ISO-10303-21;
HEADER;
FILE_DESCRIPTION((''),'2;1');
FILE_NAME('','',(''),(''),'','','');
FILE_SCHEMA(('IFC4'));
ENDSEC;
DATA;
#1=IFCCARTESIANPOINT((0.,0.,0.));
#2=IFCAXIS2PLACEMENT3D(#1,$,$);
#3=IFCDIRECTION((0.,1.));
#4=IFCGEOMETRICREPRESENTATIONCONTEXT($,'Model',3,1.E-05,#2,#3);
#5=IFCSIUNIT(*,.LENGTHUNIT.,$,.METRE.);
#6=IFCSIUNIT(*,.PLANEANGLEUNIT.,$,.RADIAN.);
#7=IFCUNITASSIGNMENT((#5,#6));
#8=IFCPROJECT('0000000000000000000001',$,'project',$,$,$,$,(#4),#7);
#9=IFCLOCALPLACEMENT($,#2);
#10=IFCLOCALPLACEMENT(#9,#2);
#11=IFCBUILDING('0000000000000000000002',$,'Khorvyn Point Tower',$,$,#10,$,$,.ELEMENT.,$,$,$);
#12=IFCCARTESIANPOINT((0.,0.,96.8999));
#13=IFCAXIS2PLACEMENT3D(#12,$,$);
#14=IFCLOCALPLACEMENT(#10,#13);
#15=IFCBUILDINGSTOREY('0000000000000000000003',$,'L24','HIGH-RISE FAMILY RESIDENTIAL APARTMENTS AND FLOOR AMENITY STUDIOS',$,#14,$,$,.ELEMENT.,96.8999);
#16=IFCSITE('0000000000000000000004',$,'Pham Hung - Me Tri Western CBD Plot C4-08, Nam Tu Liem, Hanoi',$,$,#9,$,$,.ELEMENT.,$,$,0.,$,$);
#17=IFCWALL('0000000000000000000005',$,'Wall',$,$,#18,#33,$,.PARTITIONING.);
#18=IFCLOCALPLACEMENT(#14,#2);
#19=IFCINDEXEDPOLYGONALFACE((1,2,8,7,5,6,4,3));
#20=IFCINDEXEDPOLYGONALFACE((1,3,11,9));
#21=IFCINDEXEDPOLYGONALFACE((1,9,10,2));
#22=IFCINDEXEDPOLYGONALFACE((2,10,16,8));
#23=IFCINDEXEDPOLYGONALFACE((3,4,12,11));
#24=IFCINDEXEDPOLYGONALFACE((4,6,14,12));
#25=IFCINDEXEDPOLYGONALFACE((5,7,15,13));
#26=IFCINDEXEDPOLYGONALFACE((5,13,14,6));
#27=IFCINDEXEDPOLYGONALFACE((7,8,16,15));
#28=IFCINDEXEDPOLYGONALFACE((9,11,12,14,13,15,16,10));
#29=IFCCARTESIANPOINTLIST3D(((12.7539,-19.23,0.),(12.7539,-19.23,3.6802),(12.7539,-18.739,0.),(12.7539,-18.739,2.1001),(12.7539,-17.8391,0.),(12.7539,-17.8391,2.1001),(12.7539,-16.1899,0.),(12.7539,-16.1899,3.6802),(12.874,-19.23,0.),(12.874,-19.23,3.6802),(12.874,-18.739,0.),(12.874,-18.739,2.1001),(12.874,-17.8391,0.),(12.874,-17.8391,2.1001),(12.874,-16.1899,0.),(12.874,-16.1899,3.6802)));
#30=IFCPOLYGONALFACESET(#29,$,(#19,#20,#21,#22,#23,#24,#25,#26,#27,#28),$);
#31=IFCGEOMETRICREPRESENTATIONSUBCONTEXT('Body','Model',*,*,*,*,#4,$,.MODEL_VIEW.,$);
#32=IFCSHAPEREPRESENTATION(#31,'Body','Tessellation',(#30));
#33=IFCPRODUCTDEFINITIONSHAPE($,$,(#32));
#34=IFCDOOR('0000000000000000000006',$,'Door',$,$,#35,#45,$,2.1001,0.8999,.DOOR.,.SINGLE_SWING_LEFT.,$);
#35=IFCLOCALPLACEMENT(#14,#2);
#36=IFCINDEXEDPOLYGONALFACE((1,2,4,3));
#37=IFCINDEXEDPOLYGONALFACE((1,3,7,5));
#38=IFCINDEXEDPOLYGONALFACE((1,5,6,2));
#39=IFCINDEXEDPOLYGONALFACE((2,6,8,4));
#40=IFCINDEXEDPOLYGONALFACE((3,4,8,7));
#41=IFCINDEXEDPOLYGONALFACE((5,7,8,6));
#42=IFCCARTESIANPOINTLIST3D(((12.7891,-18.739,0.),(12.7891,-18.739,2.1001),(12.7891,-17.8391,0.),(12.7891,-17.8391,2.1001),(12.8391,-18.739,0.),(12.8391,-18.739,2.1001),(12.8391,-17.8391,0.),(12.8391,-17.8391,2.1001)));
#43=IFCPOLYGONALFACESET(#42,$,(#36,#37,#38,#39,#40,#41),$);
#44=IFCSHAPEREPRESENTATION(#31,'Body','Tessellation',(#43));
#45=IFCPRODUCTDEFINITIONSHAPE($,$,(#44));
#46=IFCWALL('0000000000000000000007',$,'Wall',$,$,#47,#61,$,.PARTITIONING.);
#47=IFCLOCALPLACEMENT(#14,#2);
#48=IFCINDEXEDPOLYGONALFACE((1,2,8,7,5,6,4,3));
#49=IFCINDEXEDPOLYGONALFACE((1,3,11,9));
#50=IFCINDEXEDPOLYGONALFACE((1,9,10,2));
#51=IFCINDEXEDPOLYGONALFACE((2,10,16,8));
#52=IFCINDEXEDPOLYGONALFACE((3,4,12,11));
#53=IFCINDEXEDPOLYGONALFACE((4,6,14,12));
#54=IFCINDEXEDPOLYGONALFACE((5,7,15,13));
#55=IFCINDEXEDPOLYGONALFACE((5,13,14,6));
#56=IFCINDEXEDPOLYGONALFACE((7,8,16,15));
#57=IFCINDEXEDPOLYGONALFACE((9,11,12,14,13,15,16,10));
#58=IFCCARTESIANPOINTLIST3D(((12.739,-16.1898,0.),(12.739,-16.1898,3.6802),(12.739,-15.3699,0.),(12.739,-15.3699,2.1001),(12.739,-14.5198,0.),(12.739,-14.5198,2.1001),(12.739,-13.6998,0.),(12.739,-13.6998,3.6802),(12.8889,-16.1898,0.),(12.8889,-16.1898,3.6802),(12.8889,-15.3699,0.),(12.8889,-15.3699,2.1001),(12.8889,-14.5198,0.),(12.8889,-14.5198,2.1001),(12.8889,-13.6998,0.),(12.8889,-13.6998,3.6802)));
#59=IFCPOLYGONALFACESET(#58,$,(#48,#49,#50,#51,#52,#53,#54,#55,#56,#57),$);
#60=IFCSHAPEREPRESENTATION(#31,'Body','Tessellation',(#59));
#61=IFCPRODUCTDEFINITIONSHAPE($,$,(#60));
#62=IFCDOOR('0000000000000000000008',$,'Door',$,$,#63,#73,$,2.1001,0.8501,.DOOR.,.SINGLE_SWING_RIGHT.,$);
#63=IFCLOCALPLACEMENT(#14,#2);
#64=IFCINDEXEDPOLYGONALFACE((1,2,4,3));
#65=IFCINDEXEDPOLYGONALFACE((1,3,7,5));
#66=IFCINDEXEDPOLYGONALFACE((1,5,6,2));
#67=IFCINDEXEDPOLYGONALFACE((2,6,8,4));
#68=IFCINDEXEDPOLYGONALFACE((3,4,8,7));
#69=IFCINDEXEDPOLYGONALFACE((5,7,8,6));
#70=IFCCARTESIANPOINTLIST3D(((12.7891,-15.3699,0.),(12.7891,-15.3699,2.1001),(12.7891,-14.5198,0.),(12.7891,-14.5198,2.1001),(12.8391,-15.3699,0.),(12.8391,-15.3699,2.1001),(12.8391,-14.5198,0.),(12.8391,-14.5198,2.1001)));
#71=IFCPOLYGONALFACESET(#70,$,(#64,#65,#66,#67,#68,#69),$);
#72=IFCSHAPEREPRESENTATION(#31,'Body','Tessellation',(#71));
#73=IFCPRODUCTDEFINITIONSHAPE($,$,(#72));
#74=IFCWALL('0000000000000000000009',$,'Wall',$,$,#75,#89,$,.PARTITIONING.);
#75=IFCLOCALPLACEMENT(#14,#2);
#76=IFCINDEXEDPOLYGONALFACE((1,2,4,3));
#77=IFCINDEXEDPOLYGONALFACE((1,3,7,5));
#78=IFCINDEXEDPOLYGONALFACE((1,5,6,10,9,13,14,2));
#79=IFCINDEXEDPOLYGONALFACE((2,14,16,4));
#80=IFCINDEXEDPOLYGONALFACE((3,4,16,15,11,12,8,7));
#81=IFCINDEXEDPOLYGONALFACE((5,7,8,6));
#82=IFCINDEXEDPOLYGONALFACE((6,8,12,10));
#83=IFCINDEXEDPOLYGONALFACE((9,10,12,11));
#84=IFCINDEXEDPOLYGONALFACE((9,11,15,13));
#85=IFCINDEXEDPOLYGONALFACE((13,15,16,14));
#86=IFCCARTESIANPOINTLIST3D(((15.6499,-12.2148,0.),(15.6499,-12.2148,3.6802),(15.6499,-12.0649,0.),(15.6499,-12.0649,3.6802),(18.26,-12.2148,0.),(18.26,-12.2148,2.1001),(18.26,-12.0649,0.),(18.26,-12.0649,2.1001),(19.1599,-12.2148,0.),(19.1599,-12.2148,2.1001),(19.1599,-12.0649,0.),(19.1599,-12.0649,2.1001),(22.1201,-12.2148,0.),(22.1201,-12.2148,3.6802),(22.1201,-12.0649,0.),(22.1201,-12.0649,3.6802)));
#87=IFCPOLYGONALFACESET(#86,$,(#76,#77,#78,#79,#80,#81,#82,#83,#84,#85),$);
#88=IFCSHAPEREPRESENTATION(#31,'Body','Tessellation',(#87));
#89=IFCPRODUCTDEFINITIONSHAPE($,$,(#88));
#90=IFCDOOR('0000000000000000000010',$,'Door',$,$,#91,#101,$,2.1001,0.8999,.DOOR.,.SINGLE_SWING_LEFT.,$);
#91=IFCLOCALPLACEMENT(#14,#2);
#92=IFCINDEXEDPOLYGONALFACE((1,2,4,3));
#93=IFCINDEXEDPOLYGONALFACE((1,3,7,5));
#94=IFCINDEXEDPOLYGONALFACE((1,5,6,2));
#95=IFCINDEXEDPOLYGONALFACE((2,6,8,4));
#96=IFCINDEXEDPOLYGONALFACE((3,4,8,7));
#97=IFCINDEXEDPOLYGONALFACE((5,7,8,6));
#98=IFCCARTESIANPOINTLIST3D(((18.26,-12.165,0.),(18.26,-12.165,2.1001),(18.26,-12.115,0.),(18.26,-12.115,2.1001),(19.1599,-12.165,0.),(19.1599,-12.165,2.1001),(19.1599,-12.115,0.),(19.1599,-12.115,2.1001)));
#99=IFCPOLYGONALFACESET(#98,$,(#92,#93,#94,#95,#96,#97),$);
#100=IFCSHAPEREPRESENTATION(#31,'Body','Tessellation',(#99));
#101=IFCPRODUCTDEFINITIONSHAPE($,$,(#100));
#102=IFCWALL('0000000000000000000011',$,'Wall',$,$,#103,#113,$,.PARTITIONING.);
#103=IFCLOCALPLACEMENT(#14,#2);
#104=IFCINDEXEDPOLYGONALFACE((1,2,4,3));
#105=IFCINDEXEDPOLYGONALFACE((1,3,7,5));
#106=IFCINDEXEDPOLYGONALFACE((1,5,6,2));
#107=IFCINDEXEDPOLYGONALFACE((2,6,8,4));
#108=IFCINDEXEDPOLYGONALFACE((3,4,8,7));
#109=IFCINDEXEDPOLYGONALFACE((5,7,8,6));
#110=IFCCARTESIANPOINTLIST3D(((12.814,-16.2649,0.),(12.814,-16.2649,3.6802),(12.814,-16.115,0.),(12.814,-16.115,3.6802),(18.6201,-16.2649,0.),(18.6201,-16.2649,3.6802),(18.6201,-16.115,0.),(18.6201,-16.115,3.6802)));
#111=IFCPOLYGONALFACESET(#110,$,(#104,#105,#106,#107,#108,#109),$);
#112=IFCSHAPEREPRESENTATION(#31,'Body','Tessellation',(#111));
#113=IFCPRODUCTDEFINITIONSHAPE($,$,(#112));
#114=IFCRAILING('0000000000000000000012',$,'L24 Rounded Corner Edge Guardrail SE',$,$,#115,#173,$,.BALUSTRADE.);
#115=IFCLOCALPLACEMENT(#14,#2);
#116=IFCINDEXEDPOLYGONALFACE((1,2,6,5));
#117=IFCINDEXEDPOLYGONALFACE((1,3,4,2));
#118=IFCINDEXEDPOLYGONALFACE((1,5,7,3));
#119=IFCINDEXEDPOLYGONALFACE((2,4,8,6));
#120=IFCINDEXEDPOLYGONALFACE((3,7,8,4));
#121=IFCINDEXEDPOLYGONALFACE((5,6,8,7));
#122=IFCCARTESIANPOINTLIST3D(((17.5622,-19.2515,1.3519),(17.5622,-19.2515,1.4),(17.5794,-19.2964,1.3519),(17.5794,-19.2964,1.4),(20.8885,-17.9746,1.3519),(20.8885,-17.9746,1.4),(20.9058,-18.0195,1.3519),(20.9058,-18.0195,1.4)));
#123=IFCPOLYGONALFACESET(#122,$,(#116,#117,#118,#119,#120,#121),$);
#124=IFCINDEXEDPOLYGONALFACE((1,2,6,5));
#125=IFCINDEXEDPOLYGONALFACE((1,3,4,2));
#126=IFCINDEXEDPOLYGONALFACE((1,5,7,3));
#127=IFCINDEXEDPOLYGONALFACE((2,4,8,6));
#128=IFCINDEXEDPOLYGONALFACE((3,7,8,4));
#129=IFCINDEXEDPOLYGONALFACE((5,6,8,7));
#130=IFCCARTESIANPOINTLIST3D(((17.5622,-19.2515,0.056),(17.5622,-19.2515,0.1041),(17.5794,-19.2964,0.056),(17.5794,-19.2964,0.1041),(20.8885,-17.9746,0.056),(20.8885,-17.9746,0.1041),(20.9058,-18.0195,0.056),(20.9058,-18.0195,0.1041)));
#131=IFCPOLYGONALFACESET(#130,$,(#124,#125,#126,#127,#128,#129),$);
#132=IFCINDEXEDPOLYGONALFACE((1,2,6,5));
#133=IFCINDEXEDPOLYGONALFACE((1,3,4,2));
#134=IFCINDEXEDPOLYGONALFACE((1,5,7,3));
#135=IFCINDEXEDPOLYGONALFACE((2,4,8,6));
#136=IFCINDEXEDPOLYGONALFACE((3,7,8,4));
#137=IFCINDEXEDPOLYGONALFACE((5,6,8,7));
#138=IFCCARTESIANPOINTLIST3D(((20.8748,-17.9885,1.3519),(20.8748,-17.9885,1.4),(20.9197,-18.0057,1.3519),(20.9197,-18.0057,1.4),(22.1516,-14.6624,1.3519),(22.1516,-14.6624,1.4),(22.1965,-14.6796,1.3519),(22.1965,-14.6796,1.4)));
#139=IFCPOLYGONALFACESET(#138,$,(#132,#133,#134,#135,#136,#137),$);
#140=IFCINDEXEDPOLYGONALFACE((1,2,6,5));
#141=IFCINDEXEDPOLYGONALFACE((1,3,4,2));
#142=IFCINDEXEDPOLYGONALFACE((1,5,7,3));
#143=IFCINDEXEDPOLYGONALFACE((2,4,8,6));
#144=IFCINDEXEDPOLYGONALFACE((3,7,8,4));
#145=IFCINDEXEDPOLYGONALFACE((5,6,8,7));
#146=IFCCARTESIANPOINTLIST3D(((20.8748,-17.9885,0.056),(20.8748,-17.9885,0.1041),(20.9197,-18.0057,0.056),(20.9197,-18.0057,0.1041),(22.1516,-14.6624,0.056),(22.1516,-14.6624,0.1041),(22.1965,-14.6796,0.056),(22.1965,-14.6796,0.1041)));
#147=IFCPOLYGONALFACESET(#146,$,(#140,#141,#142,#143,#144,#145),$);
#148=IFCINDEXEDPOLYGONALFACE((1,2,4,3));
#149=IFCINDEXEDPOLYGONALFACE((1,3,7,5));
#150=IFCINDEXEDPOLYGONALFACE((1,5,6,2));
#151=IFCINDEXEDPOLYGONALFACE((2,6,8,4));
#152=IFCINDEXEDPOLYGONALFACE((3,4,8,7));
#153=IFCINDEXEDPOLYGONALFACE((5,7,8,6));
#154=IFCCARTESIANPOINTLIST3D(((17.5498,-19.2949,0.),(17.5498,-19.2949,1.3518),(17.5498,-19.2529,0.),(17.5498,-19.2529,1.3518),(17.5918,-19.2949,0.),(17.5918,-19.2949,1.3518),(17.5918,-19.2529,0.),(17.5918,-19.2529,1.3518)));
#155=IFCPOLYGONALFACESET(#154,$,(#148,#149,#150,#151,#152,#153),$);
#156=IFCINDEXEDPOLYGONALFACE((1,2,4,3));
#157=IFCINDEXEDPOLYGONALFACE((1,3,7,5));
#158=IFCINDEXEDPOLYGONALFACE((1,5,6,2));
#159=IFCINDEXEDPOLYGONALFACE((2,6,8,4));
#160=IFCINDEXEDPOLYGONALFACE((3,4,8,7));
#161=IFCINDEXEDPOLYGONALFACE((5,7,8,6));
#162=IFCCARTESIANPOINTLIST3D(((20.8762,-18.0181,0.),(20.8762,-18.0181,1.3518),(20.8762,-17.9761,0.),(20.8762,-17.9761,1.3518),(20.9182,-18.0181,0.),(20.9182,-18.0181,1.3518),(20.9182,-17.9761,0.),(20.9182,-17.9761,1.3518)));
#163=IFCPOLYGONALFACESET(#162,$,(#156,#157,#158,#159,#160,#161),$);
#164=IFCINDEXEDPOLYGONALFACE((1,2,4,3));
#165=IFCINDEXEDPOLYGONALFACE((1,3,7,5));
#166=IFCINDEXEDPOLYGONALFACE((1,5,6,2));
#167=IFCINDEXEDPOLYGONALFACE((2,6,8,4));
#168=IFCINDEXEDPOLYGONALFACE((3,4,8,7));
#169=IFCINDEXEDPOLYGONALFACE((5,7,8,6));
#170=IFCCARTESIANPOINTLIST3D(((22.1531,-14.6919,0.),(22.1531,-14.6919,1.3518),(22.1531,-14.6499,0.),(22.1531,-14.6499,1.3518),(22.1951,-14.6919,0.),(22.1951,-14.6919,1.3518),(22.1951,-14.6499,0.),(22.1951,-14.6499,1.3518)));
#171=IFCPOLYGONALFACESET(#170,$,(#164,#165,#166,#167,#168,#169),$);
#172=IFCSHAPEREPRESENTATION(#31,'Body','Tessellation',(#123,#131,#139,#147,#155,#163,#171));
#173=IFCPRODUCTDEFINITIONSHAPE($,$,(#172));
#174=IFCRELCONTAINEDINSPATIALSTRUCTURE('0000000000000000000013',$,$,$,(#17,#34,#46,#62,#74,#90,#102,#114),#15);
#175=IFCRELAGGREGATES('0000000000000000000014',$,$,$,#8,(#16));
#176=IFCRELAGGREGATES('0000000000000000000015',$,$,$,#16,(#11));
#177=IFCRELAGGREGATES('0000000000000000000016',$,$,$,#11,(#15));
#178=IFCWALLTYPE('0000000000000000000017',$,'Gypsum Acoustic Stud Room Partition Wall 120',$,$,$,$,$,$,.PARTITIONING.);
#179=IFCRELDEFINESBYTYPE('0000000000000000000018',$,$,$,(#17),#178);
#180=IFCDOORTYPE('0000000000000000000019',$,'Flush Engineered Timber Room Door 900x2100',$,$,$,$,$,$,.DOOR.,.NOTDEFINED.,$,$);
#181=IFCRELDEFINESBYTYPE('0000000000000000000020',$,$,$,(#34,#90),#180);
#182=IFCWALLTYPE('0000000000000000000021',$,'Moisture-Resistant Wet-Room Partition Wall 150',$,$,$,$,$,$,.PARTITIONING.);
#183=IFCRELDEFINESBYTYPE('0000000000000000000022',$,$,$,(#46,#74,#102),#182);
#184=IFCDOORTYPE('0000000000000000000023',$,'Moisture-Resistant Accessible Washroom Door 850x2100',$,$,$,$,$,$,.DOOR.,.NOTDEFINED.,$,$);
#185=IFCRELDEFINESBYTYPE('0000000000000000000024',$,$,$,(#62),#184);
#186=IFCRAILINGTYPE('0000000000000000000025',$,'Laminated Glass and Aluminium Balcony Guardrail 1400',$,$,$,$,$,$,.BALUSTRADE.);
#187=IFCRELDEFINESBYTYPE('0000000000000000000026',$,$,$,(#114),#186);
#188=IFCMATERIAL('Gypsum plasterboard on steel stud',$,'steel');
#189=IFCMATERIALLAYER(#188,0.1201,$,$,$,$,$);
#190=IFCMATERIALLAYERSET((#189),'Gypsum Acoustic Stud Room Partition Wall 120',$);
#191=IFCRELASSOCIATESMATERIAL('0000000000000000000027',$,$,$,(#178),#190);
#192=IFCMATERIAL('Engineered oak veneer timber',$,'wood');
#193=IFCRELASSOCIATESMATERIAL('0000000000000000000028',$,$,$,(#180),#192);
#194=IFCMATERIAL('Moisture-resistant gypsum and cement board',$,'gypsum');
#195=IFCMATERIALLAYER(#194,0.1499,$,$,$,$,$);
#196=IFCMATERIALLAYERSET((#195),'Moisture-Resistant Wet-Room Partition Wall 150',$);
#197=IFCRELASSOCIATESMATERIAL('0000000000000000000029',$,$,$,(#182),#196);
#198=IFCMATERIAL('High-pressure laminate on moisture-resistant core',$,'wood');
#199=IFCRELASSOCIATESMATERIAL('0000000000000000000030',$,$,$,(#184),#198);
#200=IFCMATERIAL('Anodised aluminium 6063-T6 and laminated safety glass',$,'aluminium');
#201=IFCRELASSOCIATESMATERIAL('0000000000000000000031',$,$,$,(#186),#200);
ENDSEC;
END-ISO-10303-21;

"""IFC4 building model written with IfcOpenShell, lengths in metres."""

from ifc_helpers import new_model, si_unit, direction, frame, frame_2d, origin, origin_2d, place, context, subcontext, project, spatial, rectangle, extrude, material, layer, layer_set, type_object, element, fill, save


model = new_model("IFC4")

# Units and contexts
model_context = context("Model", 3, precision=1e-05, world=origin(), true_north=direction((0.0, 1.0)))
body_context = subcontext(model_context, "Body", "Model", "MODEL_VIEW")
ifc_project = project(units=[si_unit("LENGTHUNIT", "METRE"), si_unit("PLANEANGLEUNIT", "RADIAN")], contexts=[model_context])

# Site, building, storey
site_placement = place(None, origin())
site = spatial("IfcSite", under=ifc_project, at=site_placement, Name="Pham Hung - Me Tri Western CBD Plot C4-08, Nam Tu Liem, Hanoi", CompositionType="ELEMENT", RefElevation=0.0)
building_placement = place(site_placement, origin())
building = spatial("IfcBuilding", under=site, at=building_placement, Name="Khorvyn Point Tower", CompositionType="ELEMENT")
storey_placement = place(building_placement, frame((0.0, 0.0, 96.8999)))
storey = spatial("IfcBuildingStorey", under=building, at=storey_placement, Name="L24", Description="HIGH-RISE FAMILY RESIDENTIAL APARTMENTS AND FLOOR AMENITY STUDIOS", CompositionType="ELEMENT", Elevation=96.8999)

# Walls, openings, doors
ifc_material_1 = material(Name="Gypsum plasterboard on steel stud", Category="steel")
ifc_layer_1 = layer(ifc_material_1, 0.1201)
ifc_layer_set_1 = layer_set([ifc_layer_1], Name="Gypsum Acoustic Stud Room Partition Wall 120")
wall_type_1 = type_object("IfcWallType", Name="Gypsum Acoustic Stud Room Partition Wall 120", PredefinedType="PARTITIONING", material=ifc_layer_set_1)
wall_1_placement = place(storey_placement, frame((12.814, -19.23, 0.0), z_axis=(0.0, 0.0, 1.0), x_axis=(0.0, 1.0, 0.0)))
wall_1 = element("IfcWall", 1, at=wall_1_placement, inside=storey, type_object=wall_type_1, Name="Wall", PredefinedType="PARTITIONING", context=body_context, shape_type="SweptSolid", body=[
    extrude(rectangle(XDim=3.04, YDim=0.1201, at=frame_2d((1.52, 0.0))), origin(), (0.0, 0.0, 1.0), 3.6802),
])
opening_1_placement = place(wall_1_placement, frame((0.491, 0.0, 0.0)))
opening_1 = element("IfcOpeningElement", 2, at=opening_1_placement, cuts=wall_1, PredefinedType="OPENING", context=body_context, shape_type="SweptSolid", body=[
    extrude(rectangle(XDim=0.8999, YDim=2.1001, at=frame_2d((0.45, 1.05))), frame((0.0, 0.0701, 0.0), z_axis=(0.0, -1.0, 0.0), x_axis=(1.0, 0.0, 0.0)), (0.0, 0.0, 1.0), 0.1401),
])
ifc_material_2 = material(Name="Engineered oak veneer timber", Category="wood")
door_type_1 = type_object("IfcDoorType", Name="Flush Engineered Timber Room Door 900x2100", OperationType="NOTDEFINED", PredefinedType="DOOR", material=ifc_material_2)
door_1_placement = place(opening_1_placement, origin())
door_1 = element("IfcDoor", 3, at=door_1_placement, inside=storey, type_object=door_type_1, Name="Door", OperationType="SINGLE_SWING_LEFT", OverallHeight=2.1001, OverallWidth=0.8999, PredefinedType="DOOR", context=body_context, shape_type="SweptSolid", body=[
    extrude(rectangle(XDim=0.8999, YDim=2.1001, at=frame_2d((0.45, 1.05))), frame((0.0, 0.0249, 0.0), z_axis=(0.0, -1.0, 0.0), x_axis=(1.0, 0.0, 0.0)), (0.0, 0.0, 1.0), 0.05),
])
fill(opening_1, door_1)
ifc_material_3 = material(Name="Moisture-resistant gypsum and cement board", Category="gypsum")
ifc_layer_2 = layer(ifc_material_3, 0.1499)
ifc_layer_set_2 = layer_set([ifc_layer_2], Name="Moisture-Resistant Wet-Room Partition Wall 150")
wall_type_2 = type_object("IfcWallType", Name="Moisture-Resistant Wet-Room Partition Wall 150", PredefinedType="PARTITIONING", material=ifc_layer_set_2)
wall_2_placement = place(storey_placement, frame((12.814, -16.1899, 0.0), z_axis=(0.0, 0.0, 1.0), x_axis=(0.0, 1.0, 0.0)))
wall_2 = element("IfcWall", 4, at=wall_2_placement, inside=storey, type_object=wall_type_2, Name="Wall", PredefinedType="PARTITIONING", context=body_context, shape_type="SweptSolid", body=[
    extrude(rectangle(XDim=2.49, YDim=0.1499, at=frame_2d((1.2451, 0.0))), origin(), (0.0, 0.0, 1.0), 3.6802),
])
opening_2_placement = place(wall_2_placement, frame((0.8201, 0.0, 0.0)))
opening_2 = element("IfcOpeningElement", 5, at=opening_2_placement, cuts=wall_2, PredefinedType="OPENING", context=body_context, shape_type="SweptSolid", body=[
    extrude(rectangle(XDim=0.8501, YDim=2.1001, at=frame_2d((0.425, 1.05))), frame((0.0, 0.085, 0.0), z_axis=(0.0, -1.0, 0.0), x_axis=(1.0, 0.0, 0.0)), (0.0, 0.0, 1.0), 0.1699),
])
ifc_material_4 = material(Name="High-pressure laminate on moisture-resistant core", Category="wood")
door_type_2 = type_object("IfcDoorType", Name="Moisture-Resistant Accessible Washroom Door 850x2100", OperationType="NOTDEFINED", PredefinedType="DOOR", material=ifc_material_4)
door_2_placement = place(opening_2_placement, origin())
door_2 = element("IfcDoor", 6, at=door_2_placement, inside=storey, type_object=door_type_2, Name="Door", OperationType="SINGLE_SWING_RIGHT", OverallHeight=2.1001, OverallWidth=0.8501, PredefinedType="DOOR", context=body_context, shape_type="SweptSolid", body=[
    extrude(rectangle(XDim=0.8501, YDim=2.1001, at=frame_2d((0.425, 1.05))), frame((0.0, 0.0249, 0.0), z_axis=(0.0, -1.0, 0.0), x_axis=(1.0, 0.0, 0.0)), (0.0, 0.0, 1.0), 0.05),
])
fill(opening_2, door_2)
wall_3_placement = place(storey_placement, frame((15.6499, -12.1399, 0.0), z_axis=(0.0, 0.0, 1.0), x_axis=(1.0, 0.0, 0.0)))
wall_3 = element("IfcWall", 7, at=wall_3_placement, inside=storey, type_object=wall_type_2, Name="Wall", PredefinedType="PARTITIONING", context=body_context, shape_type="SweptSolid", body=[
    extrude(rectangle(XDim=6.4702, YDim=0.1499, at=frame_2d((3.2351, 0.0))), origin(), (0.0, 0.0, 1.0), 3.6802),
])
opening_3_placement = place(wall_3_placement, frame((2.6101, 0.0, 0.0)))
opening_3 = element("IfcOpeningElement", 8, at=opening_3_placement, cuts=wall_3, PredefinedType="OPENING", context=body_context, shape_type="SweptSolid", body=[
    extrude(rectangle(XDim=0.8999, YDim=2.1001, at=frame_2d((0.45, 1.05))), frame((0.0, 0.085, 0.0), z_axis=(0.0, -1.0, 0.0), x_axis=(1.0, 0.0, 0.0)), (0.0, 0.0, 1.0), 0.1699),
])
door_3_placement = place(opening_3_placement, origin())
door_3 = element("IfcDoor", 9, at=door_3_placement, inside=storey, type_object=door_type_1, Name="Door", OperationType="SINGLE_SWING_LEFT", OverallHeight=2.1001, OverallWidth=0.8999, PredefinedType="DOOR", context=body_context, shape_type="SweptSolid", body=[
    extrude(rectangle(XDim=0.8999, YDim=2.1001, at=frame_2d((0.45, 1.05))), frame((0.0, 0.0249, 0.0), z_axis=(0.0, -1.0, 0.0), x_axis=(1.0, 0.0, 0.0)), (0.0, 0.0, 1.0), 0.05),
])
fill(opening_3, door_3)

# Wall
wall_4_placement = place(storey_placement, frame((12.814, -16.1899, 0.0), z_axis=(0.0, 0.0, 1.0), x_axis=(1.0, 0.0, 0.0)))
element("IfcWall", 10, at=wall_4_placement, inside=storey, type_object=wall_type_2, Name="Wall", PredefinedType="PARTITIONING", context=body_context, shape_type="SweptSolid", body=[
    extrude(rectangle(XDim=5.8062, YDim=0.1499, at=frame_2d((2.9031, 0.0))), origin(), (0.0, 0.0, 1.0), 3.6802),
])

# Railing
ifc_material_5 = material(Name="Anodised aluminium 6063-T6 and laminated safety glass", Category="aluminium")
railing_type = type_object("IfcRailingType", Name="Laminated Glass and Aluminium Balcony Guardrail 1400", PredefinedType="BALUSTRADE", material=ifc_material_5)
railing_1_placement = place(storey_placement, frame((17.5708, -19.2739, 0.0)))
element("IfcRailing", 11, at=railing_1_placement, inside=storey, type_object=railing_type, Name="L24 Rounded Corner Edge Guardrail SE", PredefinedType="BALUSTRADE", context=body_context, shape_type="SweptSolid", body=[
    extrude(rectangle(XDim=0.0481, YDim=0.0481, at=origin_2d()), frame((0.0, 0.0, 1.376), z_axis=(0.933584, 0.358359, 0.0), x_axis=(-0.358359, 0.933584, 0.0)), (0.0, 0.0, 1.0), 3.563),
    extrude(rectangle(XDim=0.0481, YDim=0.0481, at=origin_2d()), frame((0.0, 0.0, 0.0801), z_axis=(0.933584, 0.358359, 0.0), x_axis=(-0.358359, 0.933584, 0.0)), (0.0, 0.0, 1.0), 3.563),
    extrude(rectangle(XDim=0.0481, YDim=0.0481, at=origin_2d()), frame((3.3264, 1.2769, 1.376), z_axis=(0.358382, 0.933575, 0.0), x_axis=(-0.933575, 0.358382, 0.0)), (0.0, 0.0, 1.0), 3.5627),
    extrude(rectangle(XDim=0.0481, YDim=0.0481, at=origin_2d()), frame((3.3264, 1.2769, 0.0801), z_axis=(0.358382, 0.933575, 0.0), x_axis=(-0.933575, 0.358382, 0.0)), (0.0, 0.0, 1.0), 3.5627),
    extrude(rectangle(XDim=0.042, YDim=0.042, at=origin_2d()), origin(), (0.0, 0.0, 1.0), 1.3518),
    extrude(rectangle(XDim=0.042, YDim=0.042, at=origin_2d()), frame((3.3264, 1.2769, 0.0)), (0.0, 0.0, 1.0), 1.3518),
    extrude(rectangle(XDim=0.042, YDim=0.042, at=origin_2d()), frame((4.6033, 4.603, 0.0)), (0.0, 0.0, 1.0), 1.3518),
])

save(model, "model.ifc")
